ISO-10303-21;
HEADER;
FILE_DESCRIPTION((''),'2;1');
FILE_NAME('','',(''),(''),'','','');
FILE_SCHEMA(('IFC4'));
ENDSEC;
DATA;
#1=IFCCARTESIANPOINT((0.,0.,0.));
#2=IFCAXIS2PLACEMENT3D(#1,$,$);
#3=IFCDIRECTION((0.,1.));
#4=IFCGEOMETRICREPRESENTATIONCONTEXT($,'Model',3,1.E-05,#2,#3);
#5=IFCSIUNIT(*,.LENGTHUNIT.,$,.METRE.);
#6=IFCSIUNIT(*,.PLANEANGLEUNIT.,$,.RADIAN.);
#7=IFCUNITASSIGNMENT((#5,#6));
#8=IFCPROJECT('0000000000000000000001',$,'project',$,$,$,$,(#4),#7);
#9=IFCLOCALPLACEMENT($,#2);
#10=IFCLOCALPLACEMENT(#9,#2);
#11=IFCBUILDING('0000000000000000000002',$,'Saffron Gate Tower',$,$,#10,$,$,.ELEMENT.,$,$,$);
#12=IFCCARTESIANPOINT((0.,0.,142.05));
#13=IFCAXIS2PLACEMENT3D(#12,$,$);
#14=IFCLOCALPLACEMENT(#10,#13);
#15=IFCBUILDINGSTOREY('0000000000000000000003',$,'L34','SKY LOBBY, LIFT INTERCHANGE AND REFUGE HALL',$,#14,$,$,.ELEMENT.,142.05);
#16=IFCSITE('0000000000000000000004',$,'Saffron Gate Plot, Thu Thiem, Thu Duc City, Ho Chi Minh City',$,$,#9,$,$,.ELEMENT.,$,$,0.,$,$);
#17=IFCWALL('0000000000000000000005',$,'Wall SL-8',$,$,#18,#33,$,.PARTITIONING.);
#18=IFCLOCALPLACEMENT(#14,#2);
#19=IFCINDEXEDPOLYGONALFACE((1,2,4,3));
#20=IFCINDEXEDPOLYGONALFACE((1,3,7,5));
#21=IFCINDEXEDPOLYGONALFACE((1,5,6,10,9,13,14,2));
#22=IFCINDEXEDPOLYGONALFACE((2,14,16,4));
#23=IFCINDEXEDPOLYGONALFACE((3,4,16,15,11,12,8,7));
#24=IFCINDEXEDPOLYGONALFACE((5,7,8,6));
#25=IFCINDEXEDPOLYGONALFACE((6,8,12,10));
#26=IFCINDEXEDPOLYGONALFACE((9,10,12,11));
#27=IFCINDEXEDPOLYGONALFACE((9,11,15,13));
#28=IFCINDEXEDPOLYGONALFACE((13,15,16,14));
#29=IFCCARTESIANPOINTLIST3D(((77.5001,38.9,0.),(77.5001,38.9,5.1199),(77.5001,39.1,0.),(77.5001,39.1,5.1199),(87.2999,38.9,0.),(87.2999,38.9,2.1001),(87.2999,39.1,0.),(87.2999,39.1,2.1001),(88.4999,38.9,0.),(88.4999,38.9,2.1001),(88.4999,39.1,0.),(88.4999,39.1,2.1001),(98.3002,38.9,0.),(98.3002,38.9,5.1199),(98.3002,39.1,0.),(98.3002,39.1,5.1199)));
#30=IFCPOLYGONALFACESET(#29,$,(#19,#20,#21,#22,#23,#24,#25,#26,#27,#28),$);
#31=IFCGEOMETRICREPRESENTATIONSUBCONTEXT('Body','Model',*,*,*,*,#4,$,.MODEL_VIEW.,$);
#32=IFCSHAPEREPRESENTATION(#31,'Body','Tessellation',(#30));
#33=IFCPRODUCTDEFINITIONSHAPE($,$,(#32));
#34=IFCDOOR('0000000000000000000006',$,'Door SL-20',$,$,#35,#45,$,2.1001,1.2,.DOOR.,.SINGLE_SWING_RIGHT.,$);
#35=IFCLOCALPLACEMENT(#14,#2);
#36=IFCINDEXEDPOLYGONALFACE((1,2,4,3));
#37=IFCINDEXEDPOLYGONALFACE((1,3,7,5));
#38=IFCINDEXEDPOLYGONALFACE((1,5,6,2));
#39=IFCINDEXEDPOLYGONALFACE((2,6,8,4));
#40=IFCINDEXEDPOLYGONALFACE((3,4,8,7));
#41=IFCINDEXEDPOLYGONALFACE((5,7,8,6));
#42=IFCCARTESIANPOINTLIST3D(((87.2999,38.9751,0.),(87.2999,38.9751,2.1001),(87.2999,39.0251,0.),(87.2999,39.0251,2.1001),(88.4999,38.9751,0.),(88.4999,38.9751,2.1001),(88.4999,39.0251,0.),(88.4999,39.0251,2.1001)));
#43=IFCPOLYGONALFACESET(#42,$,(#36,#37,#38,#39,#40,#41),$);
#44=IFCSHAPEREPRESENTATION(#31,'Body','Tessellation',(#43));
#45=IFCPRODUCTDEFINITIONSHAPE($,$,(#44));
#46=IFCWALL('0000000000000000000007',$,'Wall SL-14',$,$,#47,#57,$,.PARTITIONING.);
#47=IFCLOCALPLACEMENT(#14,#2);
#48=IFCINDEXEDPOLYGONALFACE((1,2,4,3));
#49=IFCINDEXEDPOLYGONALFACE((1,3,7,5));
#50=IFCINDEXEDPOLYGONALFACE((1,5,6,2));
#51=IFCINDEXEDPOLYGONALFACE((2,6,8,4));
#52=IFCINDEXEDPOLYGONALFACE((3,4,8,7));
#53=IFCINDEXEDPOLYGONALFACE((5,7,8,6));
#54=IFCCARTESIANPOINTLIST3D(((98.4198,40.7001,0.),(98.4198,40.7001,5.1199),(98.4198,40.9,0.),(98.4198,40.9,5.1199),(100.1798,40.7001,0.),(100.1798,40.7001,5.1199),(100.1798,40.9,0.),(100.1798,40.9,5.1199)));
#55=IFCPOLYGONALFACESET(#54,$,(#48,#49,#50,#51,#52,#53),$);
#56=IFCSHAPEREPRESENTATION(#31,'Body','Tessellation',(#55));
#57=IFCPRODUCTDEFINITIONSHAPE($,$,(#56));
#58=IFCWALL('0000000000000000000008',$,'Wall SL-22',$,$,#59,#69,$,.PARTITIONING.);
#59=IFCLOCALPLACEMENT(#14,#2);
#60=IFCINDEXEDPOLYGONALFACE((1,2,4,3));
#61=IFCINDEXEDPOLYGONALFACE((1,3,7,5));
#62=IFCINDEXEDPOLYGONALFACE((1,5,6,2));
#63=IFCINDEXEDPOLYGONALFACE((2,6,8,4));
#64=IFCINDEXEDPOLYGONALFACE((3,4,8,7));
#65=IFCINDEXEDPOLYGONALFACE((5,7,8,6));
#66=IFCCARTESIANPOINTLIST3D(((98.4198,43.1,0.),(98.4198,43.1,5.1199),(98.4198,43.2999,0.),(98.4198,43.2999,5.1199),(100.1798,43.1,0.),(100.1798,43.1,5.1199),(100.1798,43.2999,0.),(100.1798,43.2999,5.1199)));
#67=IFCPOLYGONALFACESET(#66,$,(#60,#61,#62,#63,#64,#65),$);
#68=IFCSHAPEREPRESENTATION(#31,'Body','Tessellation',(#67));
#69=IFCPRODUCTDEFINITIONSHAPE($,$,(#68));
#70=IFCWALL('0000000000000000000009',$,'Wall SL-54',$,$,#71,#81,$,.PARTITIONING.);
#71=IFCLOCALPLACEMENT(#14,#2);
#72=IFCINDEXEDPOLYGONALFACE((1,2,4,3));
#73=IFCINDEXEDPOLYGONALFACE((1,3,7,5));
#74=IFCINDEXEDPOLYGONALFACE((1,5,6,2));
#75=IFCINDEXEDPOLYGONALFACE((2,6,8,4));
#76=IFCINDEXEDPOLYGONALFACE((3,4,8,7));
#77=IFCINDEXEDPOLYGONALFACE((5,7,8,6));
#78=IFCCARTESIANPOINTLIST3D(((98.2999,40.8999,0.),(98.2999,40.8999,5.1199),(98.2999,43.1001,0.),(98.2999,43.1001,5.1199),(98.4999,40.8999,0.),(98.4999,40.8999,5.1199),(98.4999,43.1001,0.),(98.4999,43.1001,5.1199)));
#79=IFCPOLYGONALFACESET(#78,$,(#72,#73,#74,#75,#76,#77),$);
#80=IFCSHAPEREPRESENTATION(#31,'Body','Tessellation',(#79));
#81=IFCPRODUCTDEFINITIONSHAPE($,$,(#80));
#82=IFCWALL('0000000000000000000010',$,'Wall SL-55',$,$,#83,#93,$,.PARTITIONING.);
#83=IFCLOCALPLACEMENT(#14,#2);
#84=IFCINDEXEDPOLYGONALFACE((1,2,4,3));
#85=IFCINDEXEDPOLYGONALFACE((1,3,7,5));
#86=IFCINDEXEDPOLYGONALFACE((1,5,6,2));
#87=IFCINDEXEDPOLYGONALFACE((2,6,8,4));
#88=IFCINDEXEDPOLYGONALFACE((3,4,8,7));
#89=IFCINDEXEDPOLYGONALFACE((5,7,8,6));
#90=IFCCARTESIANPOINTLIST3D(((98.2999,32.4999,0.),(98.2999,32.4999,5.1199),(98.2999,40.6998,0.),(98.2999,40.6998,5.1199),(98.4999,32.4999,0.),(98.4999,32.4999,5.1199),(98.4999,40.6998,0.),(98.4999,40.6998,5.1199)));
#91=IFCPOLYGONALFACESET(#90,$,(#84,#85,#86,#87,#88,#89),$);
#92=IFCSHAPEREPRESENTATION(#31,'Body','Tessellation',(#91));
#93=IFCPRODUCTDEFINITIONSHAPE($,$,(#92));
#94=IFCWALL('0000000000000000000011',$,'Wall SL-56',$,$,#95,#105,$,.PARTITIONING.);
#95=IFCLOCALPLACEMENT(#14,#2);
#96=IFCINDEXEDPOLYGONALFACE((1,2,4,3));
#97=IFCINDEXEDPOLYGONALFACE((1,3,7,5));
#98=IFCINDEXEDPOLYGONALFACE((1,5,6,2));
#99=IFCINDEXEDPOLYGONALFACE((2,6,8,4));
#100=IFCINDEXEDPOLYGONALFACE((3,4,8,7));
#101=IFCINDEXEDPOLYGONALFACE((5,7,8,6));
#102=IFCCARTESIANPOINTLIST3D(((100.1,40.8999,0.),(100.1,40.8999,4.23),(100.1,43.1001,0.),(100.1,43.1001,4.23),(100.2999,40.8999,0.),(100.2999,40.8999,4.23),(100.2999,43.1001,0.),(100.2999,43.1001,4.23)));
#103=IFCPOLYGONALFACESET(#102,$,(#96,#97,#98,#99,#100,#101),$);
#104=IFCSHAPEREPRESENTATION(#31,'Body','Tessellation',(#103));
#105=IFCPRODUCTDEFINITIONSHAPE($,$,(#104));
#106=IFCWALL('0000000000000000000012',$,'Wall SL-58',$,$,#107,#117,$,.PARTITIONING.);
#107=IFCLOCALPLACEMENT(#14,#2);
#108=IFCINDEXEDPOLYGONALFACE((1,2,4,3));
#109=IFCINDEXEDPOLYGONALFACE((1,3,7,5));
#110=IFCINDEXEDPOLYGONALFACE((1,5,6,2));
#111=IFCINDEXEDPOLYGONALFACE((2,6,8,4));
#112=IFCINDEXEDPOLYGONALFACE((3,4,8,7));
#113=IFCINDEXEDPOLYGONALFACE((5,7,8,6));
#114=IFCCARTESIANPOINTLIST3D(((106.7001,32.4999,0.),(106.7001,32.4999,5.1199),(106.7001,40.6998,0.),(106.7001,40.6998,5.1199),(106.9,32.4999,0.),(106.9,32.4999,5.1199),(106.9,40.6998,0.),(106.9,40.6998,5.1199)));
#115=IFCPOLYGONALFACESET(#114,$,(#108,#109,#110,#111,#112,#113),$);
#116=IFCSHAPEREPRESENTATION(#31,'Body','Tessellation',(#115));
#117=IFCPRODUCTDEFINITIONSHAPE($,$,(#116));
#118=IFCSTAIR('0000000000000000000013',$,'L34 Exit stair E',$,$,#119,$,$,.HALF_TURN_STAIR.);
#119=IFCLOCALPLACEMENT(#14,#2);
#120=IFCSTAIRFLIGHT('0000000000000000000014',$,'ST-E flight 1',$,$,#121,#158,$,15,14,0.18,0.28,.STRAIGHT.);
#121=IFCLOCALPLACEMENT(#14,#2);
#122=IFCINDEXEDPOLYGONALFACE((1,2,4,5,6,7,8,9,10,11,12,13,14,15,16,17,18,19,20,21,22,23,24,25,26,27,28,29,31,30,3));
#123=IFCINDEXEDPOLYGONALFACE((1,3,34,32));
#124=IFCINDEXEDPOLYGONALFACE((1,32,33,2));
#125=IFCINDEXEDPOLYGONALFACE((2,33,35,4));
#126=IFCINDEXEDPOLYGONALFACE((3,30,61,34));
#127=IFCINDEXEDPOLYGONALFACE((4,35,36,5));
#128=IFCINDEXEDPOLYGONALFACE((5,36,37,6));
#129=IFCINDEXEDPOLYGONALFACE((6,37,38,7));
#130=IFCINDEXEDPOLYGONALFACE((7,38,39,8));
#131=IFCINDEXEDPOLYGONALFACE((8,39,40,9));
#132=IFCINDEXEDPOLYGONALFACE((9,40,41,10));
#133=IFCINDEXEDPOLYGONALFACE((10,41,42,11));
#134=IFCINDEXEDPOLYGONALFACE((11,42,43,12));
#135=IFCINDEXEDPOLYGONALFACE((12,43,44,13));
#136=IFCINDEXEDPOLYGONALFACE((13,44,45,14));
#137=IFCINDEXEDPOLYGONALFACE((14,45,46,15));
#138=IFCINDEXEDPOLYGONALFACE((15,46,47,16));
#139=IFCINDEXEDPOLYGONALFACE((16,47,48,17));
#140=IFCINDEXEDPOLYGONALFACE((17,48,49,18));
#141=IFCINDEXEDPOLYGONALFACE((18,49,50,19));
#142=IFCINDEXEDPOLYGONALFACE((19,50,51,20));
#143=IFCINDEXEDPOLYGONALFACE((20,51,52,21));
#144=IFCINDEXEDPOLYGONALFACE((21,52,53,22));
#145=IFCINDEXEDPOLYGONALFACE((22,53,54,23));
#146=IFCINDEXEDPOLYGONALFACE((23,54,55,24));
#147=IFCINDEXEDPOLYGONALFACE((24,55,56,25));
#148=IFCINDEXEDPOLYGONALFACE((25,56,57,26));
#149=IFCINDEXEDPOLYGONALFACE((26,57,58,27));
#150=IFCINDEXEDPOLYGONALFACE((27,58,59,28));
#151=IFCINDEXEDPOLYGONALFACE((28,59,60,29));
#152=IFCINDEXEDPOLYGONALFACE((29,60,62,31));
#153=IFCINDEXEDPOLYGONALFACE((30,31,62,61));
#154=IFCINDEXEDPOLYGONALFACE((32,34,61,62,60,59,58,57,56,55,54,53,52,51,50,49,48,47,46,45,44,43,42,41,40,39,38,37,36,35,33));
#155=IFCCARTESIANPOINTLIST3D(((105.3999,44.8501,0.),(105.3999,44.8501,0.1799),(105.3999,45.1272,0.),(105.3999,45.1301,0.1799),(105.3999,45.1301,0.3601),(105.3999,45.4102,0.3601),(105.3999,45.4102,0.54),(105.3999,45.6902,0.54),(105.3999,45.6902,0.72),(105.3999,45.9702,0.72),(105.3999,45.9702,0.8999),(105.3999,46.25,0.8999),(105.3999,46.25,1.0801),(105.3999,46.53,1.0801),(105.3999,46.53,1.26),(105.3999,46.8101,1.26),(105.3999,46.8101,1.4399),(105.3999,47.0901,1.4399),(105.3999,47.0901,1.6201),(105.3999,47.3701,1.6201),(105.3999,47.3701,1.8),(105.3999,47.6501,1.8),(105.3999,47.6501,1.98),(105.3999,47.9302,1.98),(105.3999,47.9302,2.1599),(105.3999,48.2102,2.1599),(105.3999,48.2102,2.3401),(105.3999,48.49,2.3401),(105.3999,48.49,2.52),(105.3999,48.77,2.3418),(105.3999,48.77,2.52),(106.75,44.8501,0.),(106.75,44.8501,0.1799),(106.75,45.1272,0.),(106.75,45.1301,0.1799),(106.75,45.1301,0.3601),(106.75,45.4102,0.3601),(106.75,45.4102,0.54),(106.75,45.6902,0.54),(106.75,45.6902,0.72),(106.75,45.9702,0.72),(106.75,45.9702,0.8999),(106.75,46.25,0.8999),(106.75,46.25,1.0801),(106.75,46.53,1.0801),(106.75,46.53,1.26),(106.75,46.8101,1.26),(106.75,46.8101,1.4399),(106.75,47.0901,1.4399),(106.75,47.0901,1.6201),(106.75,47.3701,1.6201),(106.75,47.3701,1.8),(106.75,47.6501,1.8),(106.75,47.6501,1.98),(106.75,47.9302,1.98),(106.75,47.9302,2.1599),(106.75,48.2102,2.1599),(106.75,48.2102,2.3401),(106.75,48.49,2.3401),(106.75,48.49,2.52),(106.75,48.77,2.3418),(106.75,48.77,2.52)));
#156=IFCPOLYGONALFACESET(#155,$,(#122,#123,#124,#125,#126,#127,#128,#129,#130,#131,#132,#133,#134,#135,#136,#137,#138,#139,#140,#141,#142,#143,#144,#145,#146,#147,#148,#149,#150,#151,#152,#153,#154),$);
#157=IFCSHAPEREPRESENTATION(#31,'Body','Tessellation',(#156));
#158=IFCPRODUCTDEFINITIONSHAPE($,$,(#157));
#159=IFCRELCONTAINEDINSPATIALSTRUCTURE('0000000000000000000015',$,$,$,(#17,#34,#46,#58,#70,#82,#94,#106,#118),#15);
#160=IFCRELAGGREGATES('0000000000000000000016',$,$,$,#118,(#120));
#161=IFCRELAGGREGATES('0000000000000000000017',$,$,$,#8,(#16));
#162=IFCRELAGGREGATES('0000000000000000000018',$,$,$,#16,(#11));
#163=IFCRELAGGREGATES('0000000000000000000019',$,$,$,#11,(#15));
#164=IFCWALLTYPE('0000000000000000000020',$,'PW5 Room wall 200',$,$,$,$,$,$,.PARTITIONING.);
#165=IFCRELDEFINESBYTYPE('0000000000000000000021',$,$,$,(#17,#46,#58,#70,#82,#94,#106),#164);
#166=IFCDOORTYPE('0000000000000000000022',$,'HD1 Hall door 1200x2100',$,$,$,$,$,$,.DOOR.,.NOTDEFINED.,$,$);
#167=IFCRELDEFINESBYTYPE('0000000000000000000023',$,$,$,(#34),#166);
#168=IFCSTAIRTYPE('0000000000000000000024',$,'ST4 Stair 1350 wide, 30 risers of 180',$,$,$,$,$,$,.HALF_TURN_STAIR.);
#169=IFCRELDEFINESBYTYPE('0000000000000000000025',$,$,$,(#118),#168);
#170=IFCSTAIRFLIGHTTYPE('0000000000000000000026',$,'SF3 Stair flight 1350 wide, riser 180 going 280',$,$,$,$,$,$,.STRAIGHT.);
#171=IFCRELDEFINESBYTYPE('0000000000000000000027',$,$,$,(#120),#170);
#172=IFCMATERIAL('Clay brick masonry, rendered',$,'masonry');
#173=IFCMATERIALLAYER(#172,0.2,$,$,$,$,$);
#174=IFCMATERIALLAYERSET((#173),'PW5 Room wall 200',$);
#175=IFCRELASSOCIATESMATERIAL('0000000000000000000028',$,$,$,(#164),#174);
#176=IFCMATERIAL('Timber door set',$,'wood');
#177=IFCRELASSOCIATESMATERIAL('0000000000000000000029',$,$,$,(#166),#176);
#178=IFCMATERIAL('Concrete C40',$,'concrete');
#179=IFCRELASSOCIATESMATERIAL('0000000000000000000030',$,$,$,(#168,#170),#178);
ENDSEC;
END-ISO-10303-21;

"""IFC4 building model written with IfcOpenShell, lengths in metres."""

from ifc_helpers import new_model, si_unit, direction, frame, frame_2d, origin, place, context, subcontext, project, spatial, polyline, rectangle, outline, extrude, material, layer, layer_set, type_object, element, fill, aggregate, save


model = new_model("IFC4")

# Units and contexts
model_context = context("Model", 3, precision=1e-05, world=origin(), true_north=direction((0.0, 1.0)))
body_context = subcontext(model_context, "Body", "Model", "MODEL_VIEW")
ifc_project = project(units=[si_unit("LENGTHUNIT", "METRE"), si_unit("PLANEANGLEUNIT", "RADIAN")], contexts=[model_context])

# Site, building, storey
site_placement = place(None, origin())
site = spatial("IfcSite", under=ifc_project, at=site_placement, Name="Saffron Gate Plot, Thu Thiem, Thu Duc City, Ho Chi Minh City", CompositionType="ELEMENT", RefElevation=0.0)
building_placement = place(site_placement, origin())
building = spatial("IfcBuilding", under=site, at=building_placement, Name="Saffron Gate Tower", CompositionType="ELEMENT")
storey_placement = place(building_placement, frame((0.0, 0.0, 142.05)))
storey = spatial("IfcBuildingStorey", under=building, at=storey_placement, Name="L34", Description="SKY LOBBY, LIFT INTERCHANGE AND REFUGE HALL", CompositionType="ELEMENT", Elevation=142.05)

# Shared definitions
ifc_material_1 = material(Name="Clay brick masonry, rendered", Category="masonry")
ifc_material_2 = material(Name="Timber door set", Category="wood")

# Shared definitions
ifc_layer_1 = layer(ifc_material_1, 0.2)
ifc_layer_set_1 = layer_set([ifc_layer_1], Name="PW5 Room wall 200")
wall_type_1 = type_object("IfcWallType", Name="PW5 Room wall 200", PredefinedType="PARTITIONING", material=ifc_layer_set_1)

# Wall, opening, door
wall_1_placement = place(storey_placement, frame((98.3, 39.0, 0.0), z_axis=(0.0, 0.0, 1.0), x_axis=(-1.0, 0.0, 0.0)))
wall_1 = element("IfcWall", 1, at=wall_1_placement, inside=storey, type_object=wall_type_1, Name="Wall SL-8", PredefinedType="PARTITIONING", context=body_context, shape_type="SweptSolid", body=[
    extrude(rectangle(XDim=20.8, YDim=0.2, at=frame_2d((10.3999, 0.0))), origin(), (0.0, 0.0, 1.0), 5.1199),
])
opening_1_placement = place(wall_1_placement, frame((9.8, 0.0, 0.0)))
opening_1 = element("IfcOpeningElement", 2, at=opening_1_placement, cuts=wall_1, PredefinedType="OPENING", context=body_context, shape_type="SweptSolid", body=[
    extrude(rectangle(XDim=1.2, YDim=2.1001, at=frame_2d((0.6001, 1.05))), frame((0.0, 0.1099, 0.0), z_axis=(0.0, -1.0, 0.0), x_axis=(1.0, 0.0, 0.0)), (0.0, 0.0, 1.0), 0.22),
])
door_type_1 = type_object("IfcDoorType", Name="HD1 Hall door 1200x2100", OperationType="NOTDEFINED", PredefinedType="DOOR", material=ifc_material_2)
door_1_placement = place(opening_1_placement, origin())
door_1 = element("IfcDoor", 3, at=door_1_placement, inside=storey, type_object=door_type_1, Name="Door SL-20", OperationType="SINGLE_SWING_RIGHT", OverallHeight=2.1001, OverallWidth=1.2, PredefinedType="DOOR", context=body_context, shape_type="SweptSolid", body=[
    extrude(rectangle(XDim=1.2, YDim=2.1001, at=frame_2d((0.6001, 1.05))), frame((0.0, 0.0249, 0.0), z_axis=(0.0, -1.0, 0.0), x_axis=(1.0, 0.0, 0.0)), (0.0, 0.0, 1.0), 0.05),
])
fill(opening_1, door_1)

# Walls
for number, where, z_axis, x_axis, name in (
    (4, (98.4199, 40.8, 0.0), (0.0, 0.0, 1.0), (1.0, 0.0, 0.0), "Wall SL-14"),
    (5, (98.4199, 43.2, 0.0), (0.0, 0.0, 1.0), (1.0, 0.0, 0.0), "Wall SL-22"),
):
    element("IfcWall", number, at=place(storey_placement, frame(where, z_axis=z_axis, x_axis=x_axis)), inside=storey, type_object=wall_type_1, Name=name, PredefinedType="PARTITIONING", context=body_context, shape_type="SweptSolid", body=[
        extrude(rectangle(XDim=1.76, YDim=0.2, at=frame_2d((0.8799, 0.0))), origin(), (0.0, 0.0, 1.0), 5.1199),
    ])
wall_2_placement = place(storey_placement, frame((98.3999, 43.1001, 0.0), z_axis=(0.0, 0.0, 1.0), x_axis=(0.0, -1.0, 0.0)))
element("IfcWall", 6, at=wall_2_placement, inside=storey, type_object=wall_type_1, Name="Wall SL-54", PredefinedType="PARTITIONING", context=body_context, shape_type="SweptSolid", body=[
    extrude(rectangle(XDim=2.2002, YDim=0.2, at=frame_2d((1.1001, 0.0))), origin(), (0.0, 0.0, 1.0), 5.1199),
])
wall_3_placement = place(storey_placement, frame((98.3999, 40.7, 0.0), z_axis=(0.0, 0.0, 1.0), x_axis=(0.0, -1.0, 0.0)))
element("IfcWall", 7, at=wall_3_placement, inside=storey, type_object=wall_type_1, Name="Wall SL-55", PredefinedType="PARTITIONING", context=body_context, shape_type="SweptSolid", body=[
    extrude(rectangle(XDim=8.2, YDim=0.2, at=frame_2d((4.1001, 0.0))), origin(), (0.0, 0.0, 1.0), 5.1199),
])
wall_4_placement = place(storey_placement, frame((100.2, 43.1001, 0.0), z_axis=(0.0, 0.0, 1.0), x_axis=(0.0, -1.0, 0.0)))
element("IfcWall", 8, at=wall_4_placement, inside=storey, type_object=wall_type_1, Name="Wall SL-56", PredefinedType="PARTITIONING", context=body_context, shape_type="SweptSolid", body=[
    extrude(rectangle(XDim=2.2002, YDim=0.2, at=frame_2d((1.1001, 0.0))), origin(), (0.0, 0.0, 1.0), 4.23),
])
wall_5_placement = place(storey_placement, frame((106.8, 40.7, 0.0), z_axis=(0.0, 0.0, 1.0), x_axis=(0.0, -1.0, 0.0)))
element("IfcWall", 9, at=wall_5_placement, inside=storey, type_object=wall_type_1, Name="Wall SL-58", PredefinedType="PARTITIONING", context=body_context, shape_type="SweptSolid", body=[
    extrude(rectangle(XDim=8.2, YDim=0.2, at=frame_2d((4.1001, 0.0))), origin(), (0.0, 0.0, 1.0), 5.1199),
])

# Stair, stair flight
ifc_material_3 = material(Name="Concrete C40", Category="concrete")
stair_type = type_object("IfcStairType", Name="ST4 Stair 1350 wide, 30 risers of 180", PredefinedType="HALF_TURN_STAIR", material=ifc_material_3)
stair_placement = place(storey_placement, origin())
stair = element("IfcStair", 10, at=stair_placement, inside=storey, type_object=stair_type, Name="L34 Exit stair E", PredefinedType="HALF_TURN_STAIR")
stair_flight_type = type_object("IfcStairFlightType", Name="SF3 Stair flight 1350 wide, riser 180 going 280", PredefinedType="STRAIGHT", material=ifc_material_3)
stair_flight_placement = place(storey_placement, frame((106.075, 44.8501, 0.0), z_axis=(0.0, 0.0, 1.0), x_axis=(0.0, 1.0, 0.0)))
stair_flight = element("IfcStairFlight", 11, at=stair_flight_placement, type_object=stair_flight_type, Name="ST-E flight 1", NumberOfRisers=15, NumberOfTreads=14, PredefinedType="STRAIGHT", RiserHeight=0.18, TreadLength=0.28, context=body_context, shape_type="SweptSolid", body=[
    extrude(outline(polyline([(0.0, 0.0), (0.0, 0.1799), (0.28, 0.1799), (0.28, 0.3601), (0.5601, 0.3601), (0.5601, 0.54), (0.8401, 0.54), (0.8401, 0.72), (1.1201, 0.72), (1.1201, 0.8999), (1.3999, 0.8999), (1.3999, 1.0801), (1.6799, 1.0801), (1.6799, 1.26), (1.96, 1.26), (1.96, 1.4399), (2.24, 1.4399), (2.24, 1.6201), (2.52, 1.6201), (2.52, 1.8), (2.8, 1.8), (2.8, 1.98), (3.0801, 1.98), (3.0801, 2.1599), (3.3601, 2.1599), (3.3601, 2.3401), (3.6399, 2.3401), (3.6399, 2.52), (3.9199, 2.52), (3.9199, 2.7), (3.9199, 2.3418), (0.2771, 0.0), (0.0, 0.0)])), frame((0.0, 0.675, 0.0), z_axis=(0.0, -1.0, 0.0), x_axis=(1.0, 0.0, 0.0)), (0.0, 0.0, 1.0), 1.3501),
])
aggregate(stair, [stair_flight])

save(model, "model.ifc")
